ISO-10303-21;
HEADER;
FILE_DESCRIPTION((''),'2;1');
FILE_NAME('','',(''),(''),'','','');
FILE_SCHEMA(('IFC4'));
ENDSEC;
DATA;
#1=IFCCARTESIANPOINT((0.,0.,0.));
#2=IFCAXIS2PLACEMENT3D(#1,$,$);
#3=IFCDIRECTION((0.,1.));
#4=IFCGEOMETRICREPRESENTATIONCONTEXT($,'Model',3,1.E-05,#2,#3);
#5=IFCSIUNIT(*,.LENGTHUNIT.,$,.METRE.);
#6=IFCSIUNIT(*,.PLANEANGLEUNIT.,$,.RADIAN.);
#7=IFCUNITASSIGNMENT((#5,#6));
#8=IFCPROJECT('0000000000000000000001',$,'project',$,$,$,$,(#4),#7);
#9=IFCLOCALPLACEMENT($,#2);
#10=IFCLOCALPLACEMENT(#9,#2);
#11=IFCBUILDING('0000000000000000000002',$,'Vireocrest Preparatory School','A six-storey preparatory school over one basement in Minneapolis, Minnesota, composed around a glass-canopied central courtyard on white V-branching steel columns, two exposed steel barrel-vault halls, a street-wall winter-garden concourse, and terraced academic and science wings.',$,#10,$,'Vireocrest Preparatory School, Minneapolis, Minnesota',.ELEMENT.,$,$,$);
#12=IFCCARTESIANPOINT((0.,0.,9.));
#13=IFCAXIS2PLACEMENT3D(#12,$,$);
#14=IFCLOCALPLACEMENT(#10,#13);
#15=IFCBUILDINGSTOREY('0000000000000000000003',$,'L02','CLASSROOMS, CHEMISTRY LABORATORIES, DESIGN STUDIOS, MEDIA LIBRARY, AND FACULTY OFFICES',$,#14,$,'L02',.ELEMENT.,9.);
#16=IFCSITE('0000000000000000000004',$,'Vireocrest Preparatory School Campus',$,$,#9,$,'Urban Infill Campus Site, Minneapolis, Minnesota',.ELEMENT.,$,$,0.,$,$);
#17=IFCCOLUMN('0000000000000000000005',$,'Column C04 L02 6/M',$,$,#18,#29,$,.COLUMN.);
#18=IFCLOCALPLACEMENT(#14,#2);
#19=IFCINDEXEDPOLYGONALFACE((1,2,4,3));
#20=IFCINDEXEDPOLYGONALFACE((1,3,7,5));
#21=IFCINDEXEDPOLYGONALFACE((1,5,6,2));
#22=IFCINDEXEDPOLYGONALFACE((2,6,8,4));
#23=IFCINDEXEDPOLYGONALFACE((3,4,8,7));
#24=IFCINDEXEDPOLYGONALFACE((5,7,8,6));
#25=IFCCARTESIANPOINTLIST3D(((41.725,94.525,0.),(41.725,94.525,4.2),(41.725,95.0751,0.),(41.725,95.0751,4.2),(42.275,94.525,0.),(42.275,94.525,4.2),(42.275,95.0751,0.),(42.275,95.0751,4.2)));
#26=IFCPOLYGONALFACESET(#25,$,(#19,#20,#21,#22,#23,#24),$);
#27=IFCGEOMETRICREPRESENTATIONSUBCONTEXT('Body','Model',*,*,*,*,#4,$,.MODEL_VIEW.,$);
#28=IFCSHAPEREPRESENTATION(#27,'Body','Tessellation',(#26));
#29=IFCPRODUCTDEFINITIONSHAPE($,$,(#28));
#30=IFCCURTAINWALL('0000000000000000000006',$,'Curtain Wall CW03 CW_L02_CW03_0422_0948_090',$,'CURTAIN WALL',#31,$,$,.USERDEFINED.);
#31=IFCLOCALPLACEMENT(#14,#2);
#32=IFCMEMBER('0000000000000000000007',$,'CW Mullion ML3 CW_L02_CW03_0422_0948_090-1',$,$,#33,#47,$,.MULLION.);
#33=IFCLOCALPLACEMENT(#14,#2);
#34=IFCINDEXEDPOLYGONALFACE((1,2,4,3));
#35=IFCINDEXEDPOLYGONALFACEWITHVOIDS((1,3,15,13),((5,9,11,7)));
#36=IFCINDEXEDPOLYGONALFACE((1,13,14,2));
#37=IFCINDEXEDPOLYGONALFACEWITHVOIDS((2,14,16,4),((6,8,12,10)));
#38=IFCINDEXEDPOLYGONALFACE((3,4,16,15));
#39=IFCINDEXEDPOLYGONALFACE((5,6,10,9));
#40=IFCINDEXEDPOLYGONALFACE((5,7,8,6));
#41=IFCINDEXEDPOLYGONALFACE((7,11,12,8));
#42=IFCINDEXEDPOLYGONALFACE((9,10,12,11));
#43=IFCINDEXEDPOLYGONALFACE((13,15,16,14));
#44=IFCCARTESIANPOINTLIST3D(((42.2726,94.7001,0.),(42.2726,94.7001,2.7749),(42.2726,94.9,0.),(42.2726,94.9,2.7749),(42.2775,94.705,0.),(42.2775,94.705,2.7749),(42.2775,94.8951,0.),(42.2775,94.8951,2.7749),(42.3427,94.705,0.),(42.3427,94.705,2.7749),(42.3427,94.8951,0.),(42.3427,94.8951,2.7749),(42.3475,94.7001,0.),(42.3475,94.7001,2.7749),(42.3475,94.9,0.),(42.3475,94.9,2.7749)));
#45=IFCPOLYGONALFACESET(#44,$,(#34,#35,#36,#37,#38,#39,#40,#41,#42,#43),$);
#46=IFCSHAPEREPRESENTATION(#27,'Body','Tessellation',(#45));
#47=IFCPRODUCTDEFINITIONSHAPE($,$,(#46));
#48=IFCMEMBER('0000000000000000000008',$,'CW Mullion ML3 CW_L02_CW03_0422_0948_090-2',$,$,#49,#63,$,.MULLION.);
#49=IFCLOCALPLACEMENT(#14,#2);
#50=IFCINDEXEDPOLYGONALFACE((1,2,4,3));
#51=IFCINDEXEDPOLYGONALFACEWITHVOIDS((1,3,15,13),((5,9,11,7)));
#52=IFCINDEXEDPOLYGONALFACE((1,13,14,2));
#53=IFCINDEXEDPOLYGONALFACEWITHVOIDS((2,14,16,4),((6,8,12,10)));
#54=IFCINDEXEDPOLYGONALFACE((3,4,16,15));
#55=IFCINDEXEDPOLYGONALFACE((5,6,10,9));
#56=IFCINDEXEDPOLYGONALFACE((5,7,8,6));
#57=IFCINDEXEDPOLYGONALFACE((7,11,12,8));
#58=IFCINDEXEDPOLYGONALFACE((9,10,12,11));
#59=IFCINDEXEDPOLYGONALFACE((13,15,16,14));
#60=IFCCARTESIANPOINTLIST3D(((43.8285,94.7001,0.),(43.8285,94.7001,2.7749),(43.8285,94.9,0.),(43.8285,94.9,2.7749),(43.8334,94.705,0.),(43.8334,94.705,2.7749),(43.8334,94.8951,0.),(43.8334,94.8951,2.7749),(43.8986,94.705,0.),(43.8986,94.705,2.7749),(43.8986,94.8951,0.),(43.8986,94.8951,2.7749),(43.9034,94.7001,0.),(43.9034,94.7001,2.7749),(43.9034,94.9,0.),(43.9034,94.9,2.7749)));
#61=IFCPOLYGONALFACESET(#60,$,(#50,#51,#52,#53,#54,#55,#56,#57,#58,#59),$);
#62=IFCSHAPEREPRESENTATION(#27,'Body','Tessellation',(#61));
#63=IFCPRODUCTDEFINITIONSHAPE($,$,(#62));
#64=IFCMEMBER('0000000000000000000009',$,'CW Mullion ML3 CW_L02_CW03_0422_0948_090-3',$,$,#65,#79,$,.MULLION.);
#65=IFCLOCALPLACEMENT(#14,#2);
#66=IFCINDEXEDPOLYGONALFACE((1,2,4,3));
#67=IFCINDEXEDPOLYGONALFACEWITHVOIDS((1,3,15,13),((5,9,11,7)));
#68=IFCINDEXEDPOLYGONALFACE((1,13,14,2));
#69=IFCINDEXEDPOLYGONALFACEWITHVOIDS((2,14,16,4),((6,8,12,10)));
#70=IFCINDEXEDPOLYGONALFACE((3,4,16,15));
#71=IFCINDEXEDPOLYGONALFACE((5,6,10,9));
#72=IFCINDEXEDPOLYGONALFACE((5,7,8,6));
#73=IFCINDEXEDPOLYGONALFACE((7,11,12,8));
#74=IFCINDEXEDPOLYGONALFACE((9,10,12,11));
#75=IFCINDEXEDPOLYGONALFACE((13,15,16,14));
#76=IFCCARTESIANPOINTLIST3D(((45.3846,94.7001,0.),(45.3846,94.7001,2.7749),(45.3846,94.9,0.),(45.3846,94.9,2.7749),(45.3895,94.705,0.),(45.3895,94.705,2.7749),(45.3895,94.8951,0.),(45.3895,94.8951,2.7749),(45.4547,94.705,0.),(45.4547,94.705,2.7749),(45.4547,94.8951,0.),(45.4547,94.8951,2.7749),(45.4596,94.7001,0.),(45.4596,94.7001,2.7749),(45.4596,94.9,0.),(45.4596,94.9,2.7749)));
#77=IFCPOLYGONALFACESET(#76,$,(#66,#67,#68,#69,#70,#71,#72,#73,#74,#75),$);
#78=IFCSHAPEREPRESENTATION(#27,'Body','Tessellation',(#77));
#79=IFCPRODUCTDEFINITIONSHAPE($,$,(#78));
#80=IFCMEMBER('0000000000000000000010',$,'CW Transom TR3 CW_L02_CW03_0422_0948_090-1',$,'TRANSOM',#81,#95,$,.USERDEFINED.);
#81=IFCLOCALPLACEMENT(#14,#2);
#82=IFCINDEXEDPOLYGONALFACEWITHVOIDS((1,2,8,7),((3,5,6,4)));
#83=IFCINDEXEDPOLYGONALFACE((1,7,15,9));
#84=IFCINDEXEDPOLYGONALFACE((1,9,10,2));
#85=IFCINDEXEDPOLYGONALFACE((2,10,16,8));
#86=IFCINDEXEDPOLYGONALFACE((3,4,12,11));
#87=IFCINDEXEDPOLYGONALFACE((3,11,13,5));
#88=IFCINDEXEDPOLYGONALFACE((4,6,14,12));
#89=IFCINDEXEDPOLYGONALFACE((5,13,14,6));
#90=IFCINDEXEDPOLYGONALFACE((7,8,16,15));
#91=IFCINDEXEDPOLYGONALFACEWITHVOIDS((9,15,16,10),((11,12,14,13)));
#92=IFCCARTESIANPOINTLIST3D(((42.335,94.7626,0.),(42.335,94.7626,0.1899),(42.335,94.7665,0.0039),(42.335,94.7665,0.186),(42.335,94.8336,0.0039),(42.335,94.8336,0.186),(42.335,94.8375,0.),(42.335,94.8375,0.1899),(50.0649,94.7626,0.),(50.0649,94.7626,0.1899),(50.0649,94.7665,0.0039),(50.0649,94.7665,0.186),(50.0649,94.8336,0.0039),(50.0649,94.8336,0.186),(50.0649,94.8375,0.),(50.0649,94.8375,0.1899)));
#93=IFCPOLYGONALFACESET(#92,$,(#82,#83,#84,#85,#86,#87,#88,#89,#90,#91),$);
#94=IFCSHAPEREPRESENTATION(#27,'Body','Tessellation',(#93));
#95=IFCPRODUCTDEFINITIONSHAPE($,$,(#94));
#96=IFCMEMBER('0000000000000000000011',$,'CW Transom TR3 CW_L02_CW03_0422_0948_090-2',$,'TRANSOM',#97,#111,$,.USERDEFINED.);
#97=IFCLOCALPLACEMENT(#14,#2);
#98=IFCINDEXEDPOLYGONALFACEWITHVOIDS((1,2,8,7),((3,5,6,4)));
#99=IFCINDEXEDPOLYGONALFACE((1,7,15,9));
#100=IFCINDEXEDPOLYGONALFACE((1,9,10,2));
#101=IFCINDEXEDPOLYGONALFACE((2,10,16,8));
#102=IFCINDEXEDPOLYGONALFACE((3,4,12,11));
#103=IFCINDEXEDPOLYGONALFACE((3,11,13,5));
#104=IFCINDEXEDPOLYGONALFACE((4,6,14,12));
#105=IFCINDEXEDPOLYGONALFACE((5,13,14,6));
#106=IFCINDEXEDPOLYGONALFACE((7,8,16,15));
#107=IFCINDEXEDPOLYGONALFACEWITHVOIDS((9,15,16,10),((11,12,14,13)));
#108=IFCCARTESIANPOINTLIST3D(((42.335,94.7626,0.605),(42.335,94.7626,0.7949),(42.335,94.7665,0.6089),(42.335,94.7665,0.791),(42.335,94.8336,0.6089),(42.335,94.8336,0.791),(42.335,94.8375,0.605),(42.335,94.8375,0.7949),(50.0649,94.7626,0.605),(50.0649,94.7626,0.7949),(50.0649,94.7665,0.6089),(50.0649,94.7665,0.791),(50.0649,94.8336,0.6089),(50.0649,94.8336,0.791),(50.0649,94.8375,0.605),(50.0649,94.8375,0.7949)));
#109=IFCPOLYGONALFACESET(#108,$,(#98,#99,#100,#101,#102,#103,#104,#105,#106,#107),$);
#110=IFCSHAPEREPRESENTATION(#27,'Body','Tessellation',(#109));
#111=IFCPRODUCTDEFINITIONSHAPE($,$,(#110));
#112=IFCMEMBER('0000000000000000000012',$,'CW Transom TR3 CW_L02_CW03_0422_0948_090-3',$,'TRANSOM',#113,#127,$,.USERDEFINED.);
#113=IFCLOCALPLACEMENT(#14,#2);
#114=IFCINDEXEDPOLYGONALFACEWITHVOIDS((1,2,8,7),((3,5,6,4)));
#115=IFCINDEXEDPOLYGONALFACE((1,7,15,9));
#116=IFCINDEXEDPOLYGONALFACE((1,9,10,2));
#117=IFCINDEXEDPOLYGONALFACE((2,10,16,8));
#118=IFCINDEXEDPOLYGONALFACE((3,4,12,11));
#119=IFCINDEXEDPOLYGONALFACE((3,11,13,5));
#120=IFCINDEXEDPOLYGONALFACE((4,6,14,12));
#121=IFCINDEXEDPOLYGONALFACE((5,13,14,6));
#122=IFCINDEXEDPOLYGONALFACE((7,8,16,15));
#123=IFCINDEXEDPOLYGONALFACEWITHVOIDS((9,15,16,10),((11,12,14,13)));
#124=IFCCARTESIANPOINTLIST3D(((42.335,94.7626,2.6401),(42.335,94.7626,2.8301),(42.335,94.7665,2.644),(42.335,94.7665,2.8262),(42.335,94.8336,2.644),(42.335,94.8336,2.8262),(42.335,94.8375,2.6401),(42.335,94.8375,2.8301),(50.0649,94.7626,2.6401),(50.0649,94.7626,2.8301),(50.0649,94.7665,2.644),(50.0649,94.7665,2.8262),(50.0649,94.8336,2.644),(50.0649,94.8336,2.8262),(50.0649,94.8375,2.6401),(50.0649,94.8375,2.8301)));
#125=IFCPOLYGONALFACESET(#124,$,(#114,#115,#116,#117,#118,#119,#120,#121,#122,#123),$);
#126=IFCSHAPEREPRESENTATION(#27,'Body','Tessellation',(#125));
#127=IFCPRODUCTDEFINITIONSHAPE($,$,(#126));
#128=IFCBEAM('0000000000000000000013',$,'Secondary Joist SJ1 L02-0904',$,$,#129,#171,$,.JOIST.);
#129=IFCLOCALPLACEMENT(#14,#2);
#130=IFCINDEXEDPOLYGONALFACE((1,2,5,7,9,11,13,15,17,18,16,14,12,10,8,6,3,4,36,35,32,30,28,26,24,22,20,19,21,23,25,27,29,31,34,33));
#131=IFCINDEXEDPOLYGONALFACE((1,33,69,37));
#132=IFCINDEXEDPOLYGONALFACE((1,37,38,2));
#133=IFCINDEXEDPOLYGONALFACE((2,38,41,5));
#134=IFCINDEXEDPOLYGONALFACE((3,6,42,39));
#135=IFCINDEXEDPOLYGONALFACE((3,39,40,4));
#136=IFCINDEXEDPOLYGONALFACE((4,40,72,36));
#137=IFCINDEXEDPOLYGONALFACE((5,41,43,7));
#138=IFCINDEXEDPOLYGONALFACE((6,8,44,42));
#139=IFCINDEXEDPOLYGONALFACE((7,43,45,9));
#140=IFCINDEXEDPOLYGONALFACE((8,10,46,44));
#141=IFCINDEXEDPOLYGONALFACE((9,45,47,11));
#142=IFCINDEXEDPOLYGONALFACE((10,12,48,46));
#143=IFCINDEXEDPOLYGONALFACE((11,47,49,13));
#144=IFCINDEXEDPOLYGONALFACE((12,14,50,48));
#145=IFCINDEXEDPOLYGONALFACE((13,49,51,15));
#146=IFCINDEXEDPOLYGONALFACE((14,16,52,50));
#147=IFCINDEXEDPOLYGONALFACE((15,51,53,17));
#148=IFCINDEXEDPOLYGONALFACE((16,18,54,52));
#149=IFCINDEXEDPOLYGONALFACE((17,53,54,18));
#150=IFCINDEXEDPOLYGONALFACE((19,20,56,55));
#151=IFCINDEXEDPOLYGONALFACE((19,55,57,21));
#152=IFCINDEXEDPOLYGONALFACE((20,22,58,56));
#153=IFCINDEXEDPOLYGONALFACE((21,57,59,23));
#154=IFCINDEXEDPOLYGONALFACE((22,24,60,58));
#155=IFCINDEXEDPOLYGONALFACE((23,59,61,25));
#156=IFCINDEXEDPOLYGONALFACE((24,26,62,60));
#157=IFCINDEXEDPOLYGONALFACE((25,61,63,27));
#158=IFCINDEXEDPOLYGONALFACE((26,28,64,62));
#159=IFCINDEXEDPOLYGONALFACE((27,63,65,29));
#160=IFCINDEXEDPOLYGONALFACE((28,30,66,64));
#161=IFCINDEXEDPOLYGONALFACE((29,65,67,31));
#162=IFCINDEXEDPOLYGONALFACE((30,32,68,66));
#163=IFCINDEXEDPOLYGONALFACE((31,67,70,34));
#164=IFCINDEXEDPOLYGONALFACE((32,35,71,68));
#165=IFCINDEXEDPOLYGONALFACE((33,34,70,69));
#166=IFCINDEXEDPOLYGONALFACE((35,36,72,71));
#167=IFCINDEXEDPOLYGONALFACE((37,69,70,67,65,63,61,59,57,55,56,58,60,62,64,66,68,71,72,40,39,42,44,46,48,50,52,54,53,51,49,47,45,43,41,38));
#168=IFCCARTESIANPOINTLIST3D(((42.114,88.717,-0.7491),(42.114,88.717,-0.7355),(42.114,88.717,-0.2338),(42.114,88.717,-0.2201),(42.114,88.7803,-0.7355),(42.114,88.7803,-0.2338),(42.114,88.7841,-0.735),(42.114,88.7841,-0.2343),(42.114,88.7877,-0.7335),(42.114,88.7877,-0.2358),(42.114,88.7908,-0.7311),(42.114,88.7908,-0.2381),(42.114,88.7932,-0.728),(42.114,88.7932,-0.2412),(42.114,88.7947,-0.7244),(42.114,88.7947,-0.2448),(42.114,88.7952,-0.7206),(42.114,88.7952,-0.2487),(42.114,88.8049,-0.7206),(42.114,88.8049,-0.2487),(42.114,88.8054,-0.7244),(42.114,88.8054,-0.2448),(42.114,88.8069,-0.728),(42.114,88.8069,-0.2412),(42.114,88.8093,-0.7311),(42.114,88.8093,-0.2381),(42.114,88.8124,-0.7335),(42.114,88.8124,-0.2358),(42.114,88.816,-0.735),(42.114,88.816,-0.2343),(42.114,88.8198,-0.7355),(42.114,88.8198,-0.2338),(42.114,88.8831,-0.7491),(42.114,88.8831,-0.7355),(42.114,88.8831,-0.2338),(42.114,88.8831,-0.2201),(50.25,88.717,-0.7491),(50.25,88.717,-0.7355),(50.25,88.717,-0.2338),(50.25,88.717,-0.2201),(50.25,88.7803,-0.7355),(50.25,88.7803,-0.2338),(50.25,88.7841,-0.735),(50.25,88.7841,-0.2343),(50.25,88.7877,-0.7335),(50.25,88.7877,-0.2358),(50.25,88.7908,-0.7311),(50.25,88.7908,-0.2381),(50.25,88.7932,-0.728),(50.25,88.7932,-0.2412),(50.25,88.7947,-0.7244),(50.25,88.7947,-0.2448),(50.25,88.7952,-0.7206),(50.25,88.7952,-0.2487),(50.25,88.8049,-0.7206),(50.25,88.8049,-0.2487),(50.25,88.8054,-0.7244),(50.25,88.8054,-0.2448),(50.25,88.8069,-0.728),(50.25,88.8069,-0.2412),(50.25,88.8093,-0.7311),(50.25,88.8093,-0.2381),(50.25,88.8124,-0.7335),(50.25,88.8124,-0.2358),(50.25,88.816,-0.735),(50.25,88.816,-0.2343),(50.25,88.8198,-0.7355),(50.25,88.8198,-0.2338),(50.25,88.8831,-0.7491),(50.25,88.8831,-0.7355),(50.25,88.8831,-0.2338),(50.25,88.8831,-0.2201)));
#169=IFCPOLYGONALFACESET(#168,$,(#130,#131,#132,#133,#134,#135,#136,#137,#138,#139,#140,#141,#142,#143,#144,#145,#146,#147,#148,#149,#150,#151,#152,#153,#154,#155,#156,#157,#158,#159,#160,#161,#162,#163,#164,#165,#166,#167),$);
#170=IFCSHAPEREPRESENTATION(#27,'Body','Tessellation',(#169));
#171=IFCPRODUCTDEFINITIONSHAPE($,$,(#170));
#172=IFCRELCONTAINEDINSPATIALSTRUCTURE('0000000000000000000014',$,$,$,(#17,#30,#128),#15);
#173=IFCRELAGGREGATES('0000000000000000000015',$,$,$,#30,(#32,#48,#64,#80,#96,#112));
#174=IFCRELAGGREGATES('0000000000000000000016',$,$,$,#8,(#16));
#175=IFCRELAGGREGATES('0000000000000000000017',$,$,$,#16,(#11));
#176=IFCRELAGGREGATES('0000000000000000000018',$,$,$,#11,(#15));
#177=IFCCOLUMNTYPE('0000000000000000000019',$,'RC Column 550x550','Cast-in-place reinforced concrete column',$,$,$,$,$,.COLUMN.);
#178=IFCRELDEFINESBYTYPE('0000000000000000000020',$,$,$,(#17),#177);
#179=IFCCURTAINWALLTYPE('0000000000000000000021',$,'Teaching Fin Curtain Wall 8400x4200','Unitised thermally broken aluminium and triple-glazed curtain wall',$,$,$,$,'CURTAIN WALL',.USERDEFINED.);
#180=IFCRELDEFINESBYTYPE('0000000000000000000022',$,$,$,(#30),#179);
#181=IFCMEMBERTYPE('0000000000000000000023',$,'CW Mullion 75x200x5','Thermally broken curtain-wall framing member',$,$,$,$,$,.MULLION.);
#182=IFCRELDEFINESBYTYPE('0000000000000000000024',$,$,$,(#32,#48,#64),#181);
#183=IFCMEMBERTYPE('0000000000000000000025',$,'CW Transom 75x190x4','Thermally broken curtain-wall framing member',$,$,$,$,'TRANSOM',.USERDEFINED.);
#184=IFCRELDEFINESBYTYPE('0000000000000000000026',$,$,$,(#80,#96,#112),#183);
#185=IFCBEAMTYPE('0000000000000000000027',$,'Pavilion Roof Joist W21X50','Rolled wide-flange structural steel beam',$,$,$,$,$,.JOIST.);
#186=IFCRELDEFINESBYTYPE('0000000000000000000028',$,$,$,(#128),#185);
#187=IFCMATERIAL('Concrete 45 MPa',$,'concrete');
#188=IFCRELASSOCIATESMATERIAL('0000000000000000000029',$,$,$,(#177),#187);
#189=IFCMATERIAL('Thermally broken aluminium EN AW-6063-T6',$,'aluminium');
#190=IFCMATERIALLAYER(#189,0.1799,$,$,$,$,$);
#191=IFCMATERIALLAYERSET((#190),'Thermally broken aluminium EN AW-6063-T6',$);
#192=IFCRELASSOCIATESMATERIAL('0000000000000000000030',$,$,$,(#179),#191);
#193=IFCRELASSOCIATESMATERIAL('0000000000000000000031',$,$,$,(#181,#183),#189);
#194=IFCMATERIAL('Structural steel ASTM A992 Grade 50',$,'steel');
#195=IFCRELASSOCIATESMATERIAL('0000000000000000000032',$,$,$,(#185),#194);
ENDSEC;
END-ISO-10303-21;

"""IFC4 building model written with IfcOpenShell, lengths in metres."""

from ifc_helpers import new_model, si_unit, direction, frame, origin, origin_2d, place, context, subcontext, project, spatial, rectangle, hollow_rectangle, i_section, extrude, material, layer, layer_set, material_profile, profile_set, type_object, element, aggregate, save


model = new_model("IFC4")

# Units and contexts
model_context = context("Model", 3, precision=1e-05, world=origin(), true_north=direction((0.0, 1.0)))
body_context = subcontext(model_context, "Body", "Model", "MODEL_VIEW")
ifc_project = project(units=[si_unit("LENGTHUNIT", "METRE"), si_unit("PLANEANGLEUNIT", "RADIAN")], contexts=[model_context])

# Site, building, storey
site_placement = place(None, origin())
site = spatial("IfcSite", under=ifc_project, at=site_placement, Name="Vireocrest Preparatory School Campus", LongName="Urban Infill Campus Site, Minneapolis, Minnesota", CompositionType="ELEMENT", RefElevation=0.0)
building_placement = place(site_placement, origin())
building = spatial("IfcBuilding", under=site, at=building_placement, Name="Vireocrest Preparatory School", Description="A six-storey preparatory school over one basement in Minneapolis, Minnesota, composed around a glass-canopied central courtyard on white V-branching steel columns, two exposed steel barrel-vault halls, a street-wall winter-garden concourse, and terraced academic and science wings.", LongName="Vireocrest Preparatory School, Minneapolis, Minnesota", CompositionType="ELEMENT")
storey_placement = place(building_placement, frame((0.0, 0.0, 9.0)))
storey = spatial("IfcBuildingStorey", under=building, at=storey_placement, Name="L02", Description="CLASSROOMS, CHEMISTRY LABORATORIES, DESIGN STUDIOS, MEDIA LIBRARY, AND FACULTY OFFICES", LongName="L02", CompositionType="ELEMENT", Elevation=9.0)

# Column
ifc_material_1 = material(Name="Concrete 45 MPa", Category="concrete")
ifc_material_profile_1 = material_profile(ifc_material_1, rectangle(XDim=0.55, YDim=0.55, at=origin_2d()), Name="RC 550x550")
ifc_profile_set_1 = profile_set([ifc_material_profile_1], Name="Concrete 45 MPa")
column_type = type_object("IfcColumnType", Name="RC Column 550x550", Description="Cast-in-place reinforced concrete column", PredefinedType="COLUMN", material=ifc_profile_set_1)
column_placement = place(storey_placement, frame((42.0, 94.8, 0.0), z_axis=(0.0, 0.0, 1.0), x_axis=(1.0, 0.0, 0.0)))
element("IfcColumn", 1, at=column_placement, inside=storey, type_object=column_type, Name="Column C04 L02 6/M", PredefinedType="COLUMN", context=body_context, shape_type="SweptSolid", body=[
    extrude(rectangle(XDim=0.55, YDim=0.55, at=origin_2d()), origin(), (0.0, 0.0, 1.0), 4.2),
])

# Curtain wall, members
ifc_material_2 = material(Name="Thermally broken aluminium EN AW-6063-T6", Category="aluminium")
ifc_layer_1 = layer(ifc_material_2, 0.1799)
ifc_layer_set_1 = layer_set([ifc_layer_1], Name="Thermally broken aluminium EN AW-6063-T6")
curtain_wall_type = type_object("IfcCurtainWallType", Name="Teaching Fin Curtain Wall 8400x4200", Description="Unitised thermally broken aluminium and triple-glazed curtain wall", ElementType="CURTAIN WALL", PredefinedType="USERDEFINED", material=ifc_layer_set_1)
curtain_wall_placement = place(storey_placement, origin())
curtain_wall = element("IfcCurtainWall", 2, at=curtain_wall_placement, inside=storey, type_object=curtain_wall_type, Name="Curtain Wall CW03 CW_L02_CW03_0422_0948_090", ObjectType="CURTAIN WALL", PredefinedType="USERDEFINED")
ifc_material_profile_2 = material_profile(ifc_material_2, hollow_rectangle(XDim=0.075, YDim=0.2, WallThickness=0.0049, at=origin_2d()), Name="ALU 75x200x5")
ifc_profile_set_2 = profile_set([ifc_material_profile_2], Name="Thermally broken aluminium EN AW-6063-T6")
member_type_1 = type_object("IfcMemberType", Name="CW Mullion 75x200x5", Description="Thermally broken curtain-wall framing member", PredefinedType="MULLION", material=ifc_profile_set_2)
member_1_placement = place(storey_placement, frame((42.3101, 94.8, 0.0), z_axis=(0.0, 0.0, 1.0), x_axis=(1.0, 0.0, 0.0)))
member_1 = element("IfcMember", 3, at=member_1_placement, type_object=member_type_1, Name="CW Mullion ML3 CW_L02_CW03_0422_0948_090-1", PredefinedType="MULLION", context=body_context, shape_type="SweptSolid", body=[
    extrude(hollow_rectangle(XDim=0.075, YDim=0.2, WallThickness=0.0049, at=origin_2d()), origin(), (0.0, 0.0, 1.0), 2.7749),
])
member_2_placement = place(storey_placement, frame((43.866, 94.8, 0.0), z_axis=(0.0, 0.0, 1.0), x_axis=(1.0, 0.0, 0.0)))
member_2 = element("IfcMember", 4, at=member_2_placement, type_object=member_type_1, Name="CW Mullion ML3 CW_L02_CW03_0422_0948_090-2", PredefinedType="MULLION", context=body_context, shape_type="SweptSolid", body=[
    extrude(hollow_rectangle(XDim=0.075, YDim=0.2, WallThickness=0.0049, at=origin_2d()), origin(), (0.0, 0.0, 1.0), 2.7749),
])
member_3_placement = place(storey_placement, frame((45.4221, 94.8, 0.0), z_axis=(0.0, 0.0, 1.0), x_axis=(1.0, 0.0, 0.0)))
member_3 = element("IfcMember", 5, at=member_3_placement, type_object=member_type_1, Name="CW Mullion ML3 CW_L02_CW03_0422_0948_090-3", PredefinedType="MULLION", context=body_context, shape_type="SweptSolid", body=[
    extrude(hollow_rectangle(XDim=0.075, YDim=0.2, WallThickness=0.0049, at=origin_2d()), origin(), (0.0, 0.0, 1.0), 2.7749),
])
ifc_material_profile_3 = material_profile(ifc_material_2, hollow_rectangle(XDim=0.075, YDim=0.1899, WallThickness=0.0039, at=origin_2d()), Name="ALU 75x190x4")
ifc_profile_set_3 = profile_set([ifc_material_profile_3], Name="Thermally broken aluminium EN AW-6063-T6")
member_type_2 = type_object("IfcMemberType", Name="CW Transom 75x190x4", Description="Thermally broken curtain-wall framing member", ElementType="TRANSOM", PredefinedType="USERDEFINED", material=ifc_profile_set_3)
member_4_placement = place(storey_placement, frame((42.335, 94.8, 0.095), z_axis=(1.0, 0.0, 0.0), x_axis=(0.0, 1.0, 0.0)))
member_4 = element("IfcMember", 6, at=member_4_placement, type_object=member_type_2, Name="CW Transom TR3 CW_L02_CW03_0422_0948_090-1", ObjectType="TRANSOM", PredefinedType="USERDEFINED", context=body_context, shape_type="SweptSolid", body=[
    extrude(hollow_rectangle(XDim=0.075, YDim=0.1899, WallThickness=0.0039, at=origin_2d()), origin(), (0.0, 0.0, 1.0), 7.73),
])
member_5_placement = place(storey_placement, frame((42.335, 94.8, 0.7), z_axis=(1.0, 0.0, 0.0), x_axis=(0.0, 1.0, 0.0)))
member_5 = element("IfcMember", 7, at=member_5_placement, type_object=member_type_2, Name="CW Transom TR3 CW_L02_CW03_0422_0948_090-2", ObjectType="TRANSOM", PredefinedType="USERDEFINED", context=body_context, shape_type="SweptSolid", body=[
    extrude(hollow_rectangle(XDim=0.075, YDim=0.1899, WallThickness=0.0039, at=origin_2d()), origin(), (0.0, 0.0, 1.0), 7.73),
])
member_6_placement = place(storey_placement, frame((42.335, 94.8, 2.7351), z_axis=(1.0, 0.0, 0.0), x_axis=(0.0, 1.0, 0.0)))
member_6 = element("IfcMember", 8, at=member_6_placement, type_object=member_type_2, Name="CW Transom TR3 CW_L02_CW03_0422_0948_090-3", ObjectType="TRANSOM", PredefinedType="USERDEFINED", context=body_context, shape_type="SweptSolid", body=[
    extrude(hollow_rectangle(XDim=0.075, YDim=0.1899, WallThickness=0.0039, at=origin_2d()), origin(), (0.0, 0.0, 1.0), 7.73),
])

# Beam
ifc_material_3 = material(Name="Structural steel ASTM A992 Grade 50", Category="steel")
ifc_material_profile_4 = material_profile(ifc_material_3, i_section(OverallWidth=0.166, OverallDepth=0.5291, WebThickness=0.0098, FlangeThickness=0.0137, FilletRadius=0.0149, at=origin_2d()), Name="W21X50")
ifc_profile_set_4 = profile_set([ifc_material_profile_4], Name="Structural steel ASTM A992 Grade 50")
beam_type_1 = type_object("IfcBeamType", Name="Pavilion Roof Joist W21X50", Description="Rolled wide-flange structural steel beam", PredefinedType="JOIST", material=ifc_profile_set_4)
for number, where, z_axis, x_axis, name in (
    (9, (42.114, 88.8, -0.4846), (1.0, 0.0, 0.0), (0.0, 1.0, 0.0), "Secondary Joist SJ1 L02-0904"),
):
    element("IfcBeam", number, at=place(storey_placement, frame(where, z_axis=z_axis, x_axis=x_axis)), inside=storey, type_object=beam_type_1, Name=name, PredefinedType="JOIST", context=body_context, shape_type="SweptSolid", body=[
        extrude(i_section(OverallWidth=0.166, OverallDepth=0.5291, WebThickness=0.0098, FlangeThickness=0.0137, FilletRadius=0.0149, at=origin_2d()), origin(), (0.0, 0.0, 1.0), 8.136),
    ])

aggregate(curtain_wall, [member_1, member_2, member_3, member_4, member_5, member_6])

save(model, "model.ifc")
